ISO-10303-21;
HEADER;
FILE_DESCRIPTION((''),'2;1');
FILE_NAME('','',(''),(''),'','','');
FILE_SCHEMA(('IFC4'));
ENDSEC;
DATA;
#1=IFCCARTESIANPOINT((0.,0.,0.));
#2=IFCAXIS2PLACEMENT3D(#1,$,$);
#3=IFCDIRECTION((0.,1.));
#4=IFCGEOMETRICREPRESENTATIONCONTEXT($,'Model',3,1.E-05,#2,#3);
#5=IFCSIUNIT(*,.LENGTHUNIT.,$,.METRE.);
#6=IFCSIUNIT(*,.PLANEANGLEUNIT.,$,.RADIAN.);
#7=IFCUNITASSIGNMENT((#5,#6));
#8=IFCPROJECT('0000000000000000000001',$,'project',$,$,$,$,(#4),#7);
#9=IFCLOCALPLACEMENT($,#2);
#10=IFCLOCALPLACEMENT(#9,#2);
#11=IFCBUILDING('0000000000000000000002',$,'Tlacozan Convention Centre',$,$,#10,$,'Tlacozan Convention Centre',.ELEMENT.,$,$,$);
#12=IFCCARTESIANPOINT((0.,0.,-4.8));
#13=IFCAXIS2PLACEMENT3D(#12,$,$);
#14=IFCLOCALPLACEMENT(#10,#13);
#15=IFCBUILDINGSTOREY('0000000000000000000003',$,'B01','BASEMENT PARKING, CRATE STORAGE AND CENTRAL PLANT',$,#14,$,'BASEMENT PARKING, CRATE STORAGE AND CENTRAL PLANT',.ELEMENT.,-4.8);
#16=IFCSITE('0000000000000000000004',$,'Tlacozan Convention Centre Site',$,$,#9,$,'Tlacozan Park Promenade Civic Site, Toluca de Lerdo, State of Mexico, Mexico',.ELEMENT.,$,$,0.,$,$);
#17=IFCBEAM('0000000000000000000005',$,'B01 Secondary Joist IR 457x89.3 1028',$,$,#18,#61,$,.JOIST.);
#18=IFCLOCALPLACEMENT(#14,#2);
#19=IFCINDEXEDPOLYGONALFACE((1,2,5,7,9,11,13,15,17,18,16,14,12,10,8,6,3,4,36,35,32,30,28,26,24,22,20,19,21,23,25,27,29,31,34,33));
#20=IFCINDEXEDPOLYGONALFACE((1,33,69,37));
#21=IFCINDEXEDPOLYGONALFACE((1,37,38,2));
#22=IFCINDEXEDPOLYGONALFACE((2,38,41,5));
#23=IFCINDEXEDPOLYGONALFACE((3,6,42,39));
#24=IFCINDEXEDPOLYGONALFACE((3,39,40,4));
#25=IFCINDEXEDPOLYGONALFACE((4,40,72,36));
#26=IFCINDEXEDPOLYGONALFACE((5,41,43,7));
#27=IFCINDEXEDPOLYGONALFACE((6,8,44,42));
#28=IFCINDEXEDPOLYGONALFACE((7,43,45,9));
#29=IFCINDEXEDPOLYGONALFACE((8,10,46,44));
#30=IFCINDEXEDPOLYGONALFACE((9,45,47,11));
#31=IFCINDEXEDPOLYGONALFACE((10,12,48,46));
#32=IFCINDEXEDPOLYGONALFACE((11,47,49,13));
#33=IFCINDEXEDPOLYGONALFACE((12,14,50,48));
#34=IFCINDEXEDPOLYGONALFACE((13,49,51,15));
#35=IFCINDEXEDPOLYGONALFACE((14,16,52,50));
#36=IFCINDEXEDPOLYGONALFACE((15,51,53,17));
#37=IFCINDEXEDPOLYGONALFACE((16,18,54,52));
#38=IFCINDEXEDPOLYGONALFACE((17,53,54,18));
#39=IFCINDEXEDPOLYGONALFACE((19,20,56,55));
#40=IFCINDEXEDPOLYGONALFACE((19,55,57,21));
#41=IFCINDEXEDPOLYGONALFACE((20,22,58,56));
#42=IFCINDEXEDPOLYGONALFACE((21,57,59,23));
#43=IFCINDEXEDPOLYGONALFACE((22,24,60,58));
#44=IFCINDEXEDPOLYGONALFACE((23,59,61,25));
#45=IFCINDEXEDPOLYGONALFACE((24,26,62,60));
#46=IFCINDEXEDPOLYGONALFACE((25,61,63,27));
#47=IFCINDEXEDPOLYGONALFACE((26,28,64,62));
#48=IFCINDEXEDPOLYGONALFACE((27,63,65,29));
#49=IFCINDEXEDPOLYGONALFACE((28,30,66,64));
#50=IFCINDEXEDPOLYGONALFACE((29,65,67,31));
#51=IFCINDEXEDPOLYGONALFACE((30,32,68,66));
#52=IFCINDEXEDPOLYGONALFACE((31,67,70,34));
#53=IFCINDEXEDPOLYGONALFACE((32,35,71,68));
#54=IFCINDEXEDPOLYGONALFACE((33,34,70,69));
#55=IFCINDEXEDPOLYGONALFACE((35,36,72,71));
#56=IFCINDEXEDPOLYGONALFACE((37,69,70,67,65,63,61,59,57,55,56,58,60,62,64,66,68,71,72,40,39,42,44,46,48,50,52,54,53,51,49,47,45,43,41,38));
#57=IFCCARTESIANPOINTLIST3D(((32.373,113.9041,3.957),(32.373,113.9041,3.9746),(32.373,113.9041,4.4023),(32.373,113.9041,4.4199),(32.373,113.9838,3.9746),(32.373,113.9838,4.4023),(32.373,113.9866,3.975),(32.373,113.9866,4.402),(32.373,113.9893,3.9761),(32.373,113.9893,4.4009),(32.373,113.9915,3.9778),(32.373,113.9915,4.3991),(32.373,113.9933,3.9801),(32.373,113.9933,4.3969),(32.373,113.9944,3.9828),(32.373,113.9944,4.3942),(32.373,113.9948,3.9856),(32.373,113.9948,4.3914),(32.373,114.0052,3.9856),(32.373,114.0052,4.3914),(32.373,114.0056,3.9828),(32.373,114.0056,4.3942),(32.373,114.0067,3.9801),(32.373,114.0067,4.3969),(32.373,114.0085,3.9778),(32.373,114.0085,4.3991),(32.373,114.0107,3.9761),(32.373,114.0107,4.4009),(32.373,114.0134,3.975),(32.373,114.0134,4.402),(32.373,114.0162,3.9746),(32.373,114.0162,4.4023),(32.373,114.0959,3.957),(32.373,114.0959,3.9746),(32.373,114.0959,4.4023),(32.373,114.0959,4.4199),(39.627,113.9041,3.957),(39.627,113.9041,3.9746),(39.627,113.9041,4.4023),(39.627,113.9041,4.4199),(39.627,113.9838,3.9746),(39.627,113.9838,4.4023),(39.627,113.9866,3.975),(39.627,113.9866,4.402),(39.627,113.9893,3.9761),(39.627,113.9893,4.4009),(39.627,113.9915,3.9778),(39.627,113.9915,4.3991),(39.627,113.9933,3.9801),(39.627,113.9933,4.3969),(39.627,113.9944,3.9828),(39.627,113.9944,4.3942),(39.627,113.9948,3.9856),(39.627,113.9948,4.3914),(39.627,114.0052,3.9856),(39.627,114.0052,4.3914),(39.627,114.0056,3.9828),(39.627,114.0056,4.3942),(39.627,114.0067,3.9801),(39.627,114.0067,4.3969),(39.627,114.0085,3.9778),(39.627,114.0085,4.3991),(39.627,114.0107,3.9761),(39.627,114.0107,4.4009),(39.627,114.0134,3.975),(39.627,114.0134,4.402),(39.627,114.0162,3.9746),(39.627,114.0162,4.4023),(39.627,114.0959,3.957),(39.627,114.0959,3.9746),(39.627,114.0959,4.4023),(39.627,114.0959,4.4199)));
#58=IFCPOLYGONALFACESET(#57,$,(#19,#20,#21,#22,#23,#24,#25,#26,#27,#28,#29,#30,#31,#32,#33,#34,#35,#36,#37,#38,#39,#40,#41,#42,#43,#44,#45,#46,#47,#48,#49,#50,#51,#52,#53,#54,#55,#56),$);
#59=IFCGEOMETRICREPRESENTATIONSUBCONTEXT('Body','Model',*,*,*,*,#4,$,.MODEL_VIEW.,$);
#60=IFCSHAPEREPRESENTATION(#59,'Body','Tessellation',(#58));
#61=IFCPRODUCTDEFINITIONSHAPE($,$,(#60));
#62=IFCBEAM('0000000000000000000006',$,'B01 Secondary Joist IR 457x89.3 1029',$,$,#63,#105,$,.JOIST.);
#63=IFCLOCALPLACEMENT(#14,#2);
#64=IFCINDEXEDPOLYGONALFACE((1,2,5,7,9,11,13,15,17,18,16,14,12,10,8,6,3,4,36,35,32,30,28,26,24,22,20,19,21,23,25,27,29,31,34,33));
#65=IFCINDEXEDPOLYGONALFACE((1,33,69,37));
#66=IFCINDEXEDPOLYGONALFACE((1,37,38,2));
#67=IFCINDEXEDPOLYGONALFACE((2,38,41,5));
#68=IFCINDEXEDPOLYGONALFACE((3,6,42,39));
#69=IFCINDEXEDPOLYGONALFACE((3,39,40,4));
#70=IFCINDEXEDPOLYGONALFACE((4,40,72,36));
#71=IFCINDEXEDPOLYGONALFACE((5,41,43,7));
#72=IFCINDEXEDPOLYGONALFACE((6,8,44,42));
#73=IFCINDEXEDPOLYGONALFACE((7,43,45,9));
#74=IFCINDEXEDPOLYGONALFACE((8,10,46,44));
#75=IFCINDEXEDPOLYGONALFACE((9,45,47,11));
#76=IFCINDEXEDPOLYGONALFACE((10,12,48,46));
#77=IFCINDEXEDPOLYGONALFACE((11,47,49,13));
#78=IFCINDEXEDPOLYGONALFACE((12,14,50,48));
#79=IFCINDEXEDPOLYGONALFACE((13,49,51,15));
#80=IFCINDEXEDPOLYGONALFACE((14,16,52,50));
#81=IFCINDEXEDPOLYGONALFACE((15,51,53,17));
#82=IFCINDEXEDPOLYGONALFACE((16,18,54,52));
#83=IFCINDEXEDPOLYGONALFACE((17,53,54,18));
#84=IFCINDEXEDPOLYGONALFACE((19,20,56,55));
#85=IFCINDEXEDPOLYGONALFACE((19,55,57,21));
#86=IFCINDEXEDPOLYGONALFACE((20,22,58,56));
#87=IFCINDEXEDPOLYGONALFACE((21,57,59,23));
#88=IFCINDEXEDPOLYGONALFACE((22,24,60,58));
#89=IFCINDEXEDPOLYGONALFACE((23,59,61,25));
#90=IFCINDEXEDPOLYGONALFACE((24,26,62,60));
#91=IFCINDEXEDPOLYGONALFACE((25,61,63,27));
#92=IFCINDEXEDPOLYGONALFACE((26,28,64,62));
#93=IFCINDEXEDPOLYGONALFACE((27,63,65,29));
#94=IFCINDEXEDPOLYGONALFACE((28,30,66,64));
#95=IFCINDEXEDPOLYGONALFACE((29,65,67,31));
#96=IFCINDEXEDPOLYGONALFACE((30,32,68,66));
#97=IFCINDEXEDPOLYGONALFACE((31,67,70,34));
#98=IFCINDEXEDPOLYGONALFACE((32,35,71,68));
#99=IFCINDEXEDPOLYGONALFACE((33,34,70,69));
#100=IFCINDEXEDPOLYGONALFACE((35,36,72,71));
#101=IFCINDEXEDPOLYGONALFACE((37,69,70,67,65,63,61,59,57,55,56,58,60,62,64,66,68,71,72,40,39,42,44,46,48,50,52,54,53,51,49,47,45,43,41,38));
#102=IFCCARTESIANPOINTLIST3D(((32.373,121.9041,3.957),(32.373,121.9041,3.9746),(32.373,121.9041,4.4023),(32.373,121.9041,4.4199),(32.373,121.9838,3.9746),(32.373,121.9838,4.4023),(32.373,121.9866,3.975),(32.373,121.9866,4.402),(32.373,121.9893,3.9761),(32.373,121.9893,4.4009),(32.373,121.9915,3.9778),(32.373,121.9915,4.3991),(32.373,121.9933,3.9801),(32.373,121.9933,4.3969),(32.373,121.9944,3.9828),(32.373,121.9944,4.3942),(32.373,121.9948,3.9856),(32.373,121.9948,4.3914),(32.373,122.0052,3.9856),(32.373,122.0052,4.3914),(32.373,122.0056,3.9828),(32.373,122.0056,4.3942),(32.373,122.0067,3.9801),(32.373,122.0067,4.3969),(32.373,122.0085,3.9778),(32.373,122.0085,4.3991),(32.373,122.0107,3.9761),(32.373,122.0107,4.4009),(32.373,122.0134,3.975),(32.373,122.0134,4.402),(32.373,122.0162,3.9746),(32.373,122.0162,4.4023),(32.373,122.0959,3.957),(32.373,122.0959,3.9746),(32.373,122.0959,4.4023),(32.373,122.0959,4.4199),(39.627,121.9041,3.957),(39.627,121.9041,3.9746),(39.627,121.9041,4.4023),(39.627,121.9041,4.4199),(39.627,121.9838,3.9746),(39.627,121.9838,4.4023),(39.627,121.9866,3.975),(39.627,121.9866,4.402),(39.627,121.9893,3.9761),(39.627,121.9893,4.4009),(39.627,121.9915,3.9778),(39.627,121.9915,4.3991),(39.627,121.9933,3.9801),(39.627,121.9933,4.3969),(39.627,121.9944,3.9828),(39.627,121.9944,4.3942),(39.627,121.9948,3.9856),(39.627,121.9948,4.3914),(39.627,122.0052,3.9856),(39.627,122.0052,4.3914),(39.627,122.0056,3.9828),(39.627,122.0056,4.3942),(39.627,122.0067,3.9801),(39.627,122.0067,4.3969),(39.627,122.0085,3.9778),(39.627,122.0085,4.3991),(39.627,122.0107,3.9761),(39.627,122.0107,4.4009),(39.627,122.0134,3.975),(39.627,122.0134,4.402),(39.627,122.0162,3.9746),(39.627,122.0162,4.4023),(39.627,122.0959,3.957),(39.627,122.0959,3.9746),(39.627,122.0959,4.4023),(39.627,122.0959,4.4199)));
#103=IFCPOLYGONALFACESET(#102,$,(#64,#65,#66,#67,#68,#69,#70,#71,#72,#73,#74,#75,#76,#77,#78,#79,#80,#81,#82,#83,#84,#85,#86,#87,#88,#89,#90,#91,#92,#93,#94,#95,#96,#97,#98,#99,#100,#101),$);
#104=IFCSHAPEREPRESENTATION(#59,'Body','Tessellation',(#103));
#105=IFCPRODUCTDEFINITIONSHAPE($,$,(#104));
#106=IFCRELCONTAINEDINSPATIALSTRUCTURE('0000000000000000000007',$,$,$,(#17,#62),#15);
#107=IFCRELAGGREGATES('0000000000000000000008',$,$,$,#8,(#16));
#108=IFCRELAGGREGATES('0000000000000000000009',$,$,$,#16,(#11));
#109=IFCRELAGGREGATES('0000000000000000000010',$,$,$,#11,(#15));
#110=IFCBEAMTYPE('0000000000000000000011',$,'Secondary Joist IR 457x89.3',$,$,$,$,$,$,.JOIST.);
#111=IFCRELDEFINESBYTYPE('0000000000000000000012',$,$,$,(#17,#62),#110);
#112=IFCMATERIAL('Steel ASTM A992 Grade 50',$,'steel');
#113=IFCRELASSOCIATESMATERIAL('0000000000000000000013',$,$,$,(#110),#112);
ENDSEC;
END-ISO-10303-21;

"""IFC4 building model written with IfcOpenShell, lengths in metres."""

from ifc_helpers import new_model, si_unit, direction, frame, origin, origin_2d, place, context, subcontext, project, spatial, i_section, extrude, material, material_profile, profile_set, type_object, element, save


model = new_model("IFC4")

# Units and contexts
model_context = context("Model", 3, precision=1e-05, world=origin(), true_north=direction((0.0, 1.0)))
body_context = subcontext(model_context, "Body", "Model", "MODEL_VIEW")
ifc_project = project(units=[si_unit("LENGTHUNIT", "METRE"), si_unit("PLANEANGLEUNIT", "RADIAN")], contexts=[model_context])

# Site, building, storey
site_placement = place(None, origin())
site = spatial("IfcSite", under=ifc_project, at=site_placement, Name="Tlacozan Convention Centre Site", LongName="Tlacozan Park Promenade Civic Site, Toluca de Lerdo, State of Mexico, Mexico", CompositionType="ELEMENT", RefElevation=0.0)
building_placement = place(site_placement, origin())
building = spatial("IfcBuilding", under=site, at=building_placement, Name="Tlacozan Convention Centre", LongName="Tlacozan Convention Centre", CompositionType="ELEMENT")
storey_placement = place(building_placement, frame((0.0, 0.0, -4.8)))
storey = spatial("IfcBuildingStorey", under=building, at=storey_placement, Name="B01", Description="BASEMENT PARKING, CRATE STORAGE AND CENTRAL PLANT", LongName="BASEMENT PARKING, CRATE STORAGE AND CENTRAL PLANT", CompositionType="ELEMENT", Elevation=-4.8)

# Beams
ifc_material_1 = material(Name="Steel ASTM A992 Grade 50", Category="steel")
ifc_material_profile_1 = material_profile(ifc_material_1, i_section(OverallWidth=0.1919, OverallDepth=0.4629, WebThickness=0.0105, FlangeThickness=0.0176, FilletRadius=0.011, at=origin_2d()), Name="IR 457x89.3")
ifc_profile_set_1 = profile_set([ifc_material_profile_1], Name="Steel ASTM A992 Grade 50")
beam_type_1 = type_object("IfcBeamType", Name="Secondary Joist IR 457x89.3", PredefinedType="JOIST", material=ifc_profile_set_1)
for number, where, z_axis, x_axis, name in (
    (1, (32.373, 114.0, 4.1885), (1.0, 0.0, 0.0), (0.0, 1.0, 0.0), "B01 Secondary Joist IR 457x89.3 1028"),
    (2, (32.373, 122.0, 4.1885), (1.0, 0.0, 0.0), (0.0, 1.0, 0.0), "B01 Secondary Joist IR 457x89.3 1029"),
):
    element("IfcBeam", number, at=place(storey_placement, frame(where, z_axis=z_axis, x_axis=x_axis)), inside=storey, type_object=beam_type_1, Name=name, PredefinedType="JOIST", context=body_context, shape_type="SweptSolid", body=[
        extrude(i_section(OverallWidth=0.1919, OverallDepth=0.4629, WebThickness=0.0105, FlangeThickness=0.0176, FilletRadius=0.011, at=origin_2d()), origin(), (0.0, 0.0, 1.0), 7.2539),
    ])

save(model, "model.ifc")
